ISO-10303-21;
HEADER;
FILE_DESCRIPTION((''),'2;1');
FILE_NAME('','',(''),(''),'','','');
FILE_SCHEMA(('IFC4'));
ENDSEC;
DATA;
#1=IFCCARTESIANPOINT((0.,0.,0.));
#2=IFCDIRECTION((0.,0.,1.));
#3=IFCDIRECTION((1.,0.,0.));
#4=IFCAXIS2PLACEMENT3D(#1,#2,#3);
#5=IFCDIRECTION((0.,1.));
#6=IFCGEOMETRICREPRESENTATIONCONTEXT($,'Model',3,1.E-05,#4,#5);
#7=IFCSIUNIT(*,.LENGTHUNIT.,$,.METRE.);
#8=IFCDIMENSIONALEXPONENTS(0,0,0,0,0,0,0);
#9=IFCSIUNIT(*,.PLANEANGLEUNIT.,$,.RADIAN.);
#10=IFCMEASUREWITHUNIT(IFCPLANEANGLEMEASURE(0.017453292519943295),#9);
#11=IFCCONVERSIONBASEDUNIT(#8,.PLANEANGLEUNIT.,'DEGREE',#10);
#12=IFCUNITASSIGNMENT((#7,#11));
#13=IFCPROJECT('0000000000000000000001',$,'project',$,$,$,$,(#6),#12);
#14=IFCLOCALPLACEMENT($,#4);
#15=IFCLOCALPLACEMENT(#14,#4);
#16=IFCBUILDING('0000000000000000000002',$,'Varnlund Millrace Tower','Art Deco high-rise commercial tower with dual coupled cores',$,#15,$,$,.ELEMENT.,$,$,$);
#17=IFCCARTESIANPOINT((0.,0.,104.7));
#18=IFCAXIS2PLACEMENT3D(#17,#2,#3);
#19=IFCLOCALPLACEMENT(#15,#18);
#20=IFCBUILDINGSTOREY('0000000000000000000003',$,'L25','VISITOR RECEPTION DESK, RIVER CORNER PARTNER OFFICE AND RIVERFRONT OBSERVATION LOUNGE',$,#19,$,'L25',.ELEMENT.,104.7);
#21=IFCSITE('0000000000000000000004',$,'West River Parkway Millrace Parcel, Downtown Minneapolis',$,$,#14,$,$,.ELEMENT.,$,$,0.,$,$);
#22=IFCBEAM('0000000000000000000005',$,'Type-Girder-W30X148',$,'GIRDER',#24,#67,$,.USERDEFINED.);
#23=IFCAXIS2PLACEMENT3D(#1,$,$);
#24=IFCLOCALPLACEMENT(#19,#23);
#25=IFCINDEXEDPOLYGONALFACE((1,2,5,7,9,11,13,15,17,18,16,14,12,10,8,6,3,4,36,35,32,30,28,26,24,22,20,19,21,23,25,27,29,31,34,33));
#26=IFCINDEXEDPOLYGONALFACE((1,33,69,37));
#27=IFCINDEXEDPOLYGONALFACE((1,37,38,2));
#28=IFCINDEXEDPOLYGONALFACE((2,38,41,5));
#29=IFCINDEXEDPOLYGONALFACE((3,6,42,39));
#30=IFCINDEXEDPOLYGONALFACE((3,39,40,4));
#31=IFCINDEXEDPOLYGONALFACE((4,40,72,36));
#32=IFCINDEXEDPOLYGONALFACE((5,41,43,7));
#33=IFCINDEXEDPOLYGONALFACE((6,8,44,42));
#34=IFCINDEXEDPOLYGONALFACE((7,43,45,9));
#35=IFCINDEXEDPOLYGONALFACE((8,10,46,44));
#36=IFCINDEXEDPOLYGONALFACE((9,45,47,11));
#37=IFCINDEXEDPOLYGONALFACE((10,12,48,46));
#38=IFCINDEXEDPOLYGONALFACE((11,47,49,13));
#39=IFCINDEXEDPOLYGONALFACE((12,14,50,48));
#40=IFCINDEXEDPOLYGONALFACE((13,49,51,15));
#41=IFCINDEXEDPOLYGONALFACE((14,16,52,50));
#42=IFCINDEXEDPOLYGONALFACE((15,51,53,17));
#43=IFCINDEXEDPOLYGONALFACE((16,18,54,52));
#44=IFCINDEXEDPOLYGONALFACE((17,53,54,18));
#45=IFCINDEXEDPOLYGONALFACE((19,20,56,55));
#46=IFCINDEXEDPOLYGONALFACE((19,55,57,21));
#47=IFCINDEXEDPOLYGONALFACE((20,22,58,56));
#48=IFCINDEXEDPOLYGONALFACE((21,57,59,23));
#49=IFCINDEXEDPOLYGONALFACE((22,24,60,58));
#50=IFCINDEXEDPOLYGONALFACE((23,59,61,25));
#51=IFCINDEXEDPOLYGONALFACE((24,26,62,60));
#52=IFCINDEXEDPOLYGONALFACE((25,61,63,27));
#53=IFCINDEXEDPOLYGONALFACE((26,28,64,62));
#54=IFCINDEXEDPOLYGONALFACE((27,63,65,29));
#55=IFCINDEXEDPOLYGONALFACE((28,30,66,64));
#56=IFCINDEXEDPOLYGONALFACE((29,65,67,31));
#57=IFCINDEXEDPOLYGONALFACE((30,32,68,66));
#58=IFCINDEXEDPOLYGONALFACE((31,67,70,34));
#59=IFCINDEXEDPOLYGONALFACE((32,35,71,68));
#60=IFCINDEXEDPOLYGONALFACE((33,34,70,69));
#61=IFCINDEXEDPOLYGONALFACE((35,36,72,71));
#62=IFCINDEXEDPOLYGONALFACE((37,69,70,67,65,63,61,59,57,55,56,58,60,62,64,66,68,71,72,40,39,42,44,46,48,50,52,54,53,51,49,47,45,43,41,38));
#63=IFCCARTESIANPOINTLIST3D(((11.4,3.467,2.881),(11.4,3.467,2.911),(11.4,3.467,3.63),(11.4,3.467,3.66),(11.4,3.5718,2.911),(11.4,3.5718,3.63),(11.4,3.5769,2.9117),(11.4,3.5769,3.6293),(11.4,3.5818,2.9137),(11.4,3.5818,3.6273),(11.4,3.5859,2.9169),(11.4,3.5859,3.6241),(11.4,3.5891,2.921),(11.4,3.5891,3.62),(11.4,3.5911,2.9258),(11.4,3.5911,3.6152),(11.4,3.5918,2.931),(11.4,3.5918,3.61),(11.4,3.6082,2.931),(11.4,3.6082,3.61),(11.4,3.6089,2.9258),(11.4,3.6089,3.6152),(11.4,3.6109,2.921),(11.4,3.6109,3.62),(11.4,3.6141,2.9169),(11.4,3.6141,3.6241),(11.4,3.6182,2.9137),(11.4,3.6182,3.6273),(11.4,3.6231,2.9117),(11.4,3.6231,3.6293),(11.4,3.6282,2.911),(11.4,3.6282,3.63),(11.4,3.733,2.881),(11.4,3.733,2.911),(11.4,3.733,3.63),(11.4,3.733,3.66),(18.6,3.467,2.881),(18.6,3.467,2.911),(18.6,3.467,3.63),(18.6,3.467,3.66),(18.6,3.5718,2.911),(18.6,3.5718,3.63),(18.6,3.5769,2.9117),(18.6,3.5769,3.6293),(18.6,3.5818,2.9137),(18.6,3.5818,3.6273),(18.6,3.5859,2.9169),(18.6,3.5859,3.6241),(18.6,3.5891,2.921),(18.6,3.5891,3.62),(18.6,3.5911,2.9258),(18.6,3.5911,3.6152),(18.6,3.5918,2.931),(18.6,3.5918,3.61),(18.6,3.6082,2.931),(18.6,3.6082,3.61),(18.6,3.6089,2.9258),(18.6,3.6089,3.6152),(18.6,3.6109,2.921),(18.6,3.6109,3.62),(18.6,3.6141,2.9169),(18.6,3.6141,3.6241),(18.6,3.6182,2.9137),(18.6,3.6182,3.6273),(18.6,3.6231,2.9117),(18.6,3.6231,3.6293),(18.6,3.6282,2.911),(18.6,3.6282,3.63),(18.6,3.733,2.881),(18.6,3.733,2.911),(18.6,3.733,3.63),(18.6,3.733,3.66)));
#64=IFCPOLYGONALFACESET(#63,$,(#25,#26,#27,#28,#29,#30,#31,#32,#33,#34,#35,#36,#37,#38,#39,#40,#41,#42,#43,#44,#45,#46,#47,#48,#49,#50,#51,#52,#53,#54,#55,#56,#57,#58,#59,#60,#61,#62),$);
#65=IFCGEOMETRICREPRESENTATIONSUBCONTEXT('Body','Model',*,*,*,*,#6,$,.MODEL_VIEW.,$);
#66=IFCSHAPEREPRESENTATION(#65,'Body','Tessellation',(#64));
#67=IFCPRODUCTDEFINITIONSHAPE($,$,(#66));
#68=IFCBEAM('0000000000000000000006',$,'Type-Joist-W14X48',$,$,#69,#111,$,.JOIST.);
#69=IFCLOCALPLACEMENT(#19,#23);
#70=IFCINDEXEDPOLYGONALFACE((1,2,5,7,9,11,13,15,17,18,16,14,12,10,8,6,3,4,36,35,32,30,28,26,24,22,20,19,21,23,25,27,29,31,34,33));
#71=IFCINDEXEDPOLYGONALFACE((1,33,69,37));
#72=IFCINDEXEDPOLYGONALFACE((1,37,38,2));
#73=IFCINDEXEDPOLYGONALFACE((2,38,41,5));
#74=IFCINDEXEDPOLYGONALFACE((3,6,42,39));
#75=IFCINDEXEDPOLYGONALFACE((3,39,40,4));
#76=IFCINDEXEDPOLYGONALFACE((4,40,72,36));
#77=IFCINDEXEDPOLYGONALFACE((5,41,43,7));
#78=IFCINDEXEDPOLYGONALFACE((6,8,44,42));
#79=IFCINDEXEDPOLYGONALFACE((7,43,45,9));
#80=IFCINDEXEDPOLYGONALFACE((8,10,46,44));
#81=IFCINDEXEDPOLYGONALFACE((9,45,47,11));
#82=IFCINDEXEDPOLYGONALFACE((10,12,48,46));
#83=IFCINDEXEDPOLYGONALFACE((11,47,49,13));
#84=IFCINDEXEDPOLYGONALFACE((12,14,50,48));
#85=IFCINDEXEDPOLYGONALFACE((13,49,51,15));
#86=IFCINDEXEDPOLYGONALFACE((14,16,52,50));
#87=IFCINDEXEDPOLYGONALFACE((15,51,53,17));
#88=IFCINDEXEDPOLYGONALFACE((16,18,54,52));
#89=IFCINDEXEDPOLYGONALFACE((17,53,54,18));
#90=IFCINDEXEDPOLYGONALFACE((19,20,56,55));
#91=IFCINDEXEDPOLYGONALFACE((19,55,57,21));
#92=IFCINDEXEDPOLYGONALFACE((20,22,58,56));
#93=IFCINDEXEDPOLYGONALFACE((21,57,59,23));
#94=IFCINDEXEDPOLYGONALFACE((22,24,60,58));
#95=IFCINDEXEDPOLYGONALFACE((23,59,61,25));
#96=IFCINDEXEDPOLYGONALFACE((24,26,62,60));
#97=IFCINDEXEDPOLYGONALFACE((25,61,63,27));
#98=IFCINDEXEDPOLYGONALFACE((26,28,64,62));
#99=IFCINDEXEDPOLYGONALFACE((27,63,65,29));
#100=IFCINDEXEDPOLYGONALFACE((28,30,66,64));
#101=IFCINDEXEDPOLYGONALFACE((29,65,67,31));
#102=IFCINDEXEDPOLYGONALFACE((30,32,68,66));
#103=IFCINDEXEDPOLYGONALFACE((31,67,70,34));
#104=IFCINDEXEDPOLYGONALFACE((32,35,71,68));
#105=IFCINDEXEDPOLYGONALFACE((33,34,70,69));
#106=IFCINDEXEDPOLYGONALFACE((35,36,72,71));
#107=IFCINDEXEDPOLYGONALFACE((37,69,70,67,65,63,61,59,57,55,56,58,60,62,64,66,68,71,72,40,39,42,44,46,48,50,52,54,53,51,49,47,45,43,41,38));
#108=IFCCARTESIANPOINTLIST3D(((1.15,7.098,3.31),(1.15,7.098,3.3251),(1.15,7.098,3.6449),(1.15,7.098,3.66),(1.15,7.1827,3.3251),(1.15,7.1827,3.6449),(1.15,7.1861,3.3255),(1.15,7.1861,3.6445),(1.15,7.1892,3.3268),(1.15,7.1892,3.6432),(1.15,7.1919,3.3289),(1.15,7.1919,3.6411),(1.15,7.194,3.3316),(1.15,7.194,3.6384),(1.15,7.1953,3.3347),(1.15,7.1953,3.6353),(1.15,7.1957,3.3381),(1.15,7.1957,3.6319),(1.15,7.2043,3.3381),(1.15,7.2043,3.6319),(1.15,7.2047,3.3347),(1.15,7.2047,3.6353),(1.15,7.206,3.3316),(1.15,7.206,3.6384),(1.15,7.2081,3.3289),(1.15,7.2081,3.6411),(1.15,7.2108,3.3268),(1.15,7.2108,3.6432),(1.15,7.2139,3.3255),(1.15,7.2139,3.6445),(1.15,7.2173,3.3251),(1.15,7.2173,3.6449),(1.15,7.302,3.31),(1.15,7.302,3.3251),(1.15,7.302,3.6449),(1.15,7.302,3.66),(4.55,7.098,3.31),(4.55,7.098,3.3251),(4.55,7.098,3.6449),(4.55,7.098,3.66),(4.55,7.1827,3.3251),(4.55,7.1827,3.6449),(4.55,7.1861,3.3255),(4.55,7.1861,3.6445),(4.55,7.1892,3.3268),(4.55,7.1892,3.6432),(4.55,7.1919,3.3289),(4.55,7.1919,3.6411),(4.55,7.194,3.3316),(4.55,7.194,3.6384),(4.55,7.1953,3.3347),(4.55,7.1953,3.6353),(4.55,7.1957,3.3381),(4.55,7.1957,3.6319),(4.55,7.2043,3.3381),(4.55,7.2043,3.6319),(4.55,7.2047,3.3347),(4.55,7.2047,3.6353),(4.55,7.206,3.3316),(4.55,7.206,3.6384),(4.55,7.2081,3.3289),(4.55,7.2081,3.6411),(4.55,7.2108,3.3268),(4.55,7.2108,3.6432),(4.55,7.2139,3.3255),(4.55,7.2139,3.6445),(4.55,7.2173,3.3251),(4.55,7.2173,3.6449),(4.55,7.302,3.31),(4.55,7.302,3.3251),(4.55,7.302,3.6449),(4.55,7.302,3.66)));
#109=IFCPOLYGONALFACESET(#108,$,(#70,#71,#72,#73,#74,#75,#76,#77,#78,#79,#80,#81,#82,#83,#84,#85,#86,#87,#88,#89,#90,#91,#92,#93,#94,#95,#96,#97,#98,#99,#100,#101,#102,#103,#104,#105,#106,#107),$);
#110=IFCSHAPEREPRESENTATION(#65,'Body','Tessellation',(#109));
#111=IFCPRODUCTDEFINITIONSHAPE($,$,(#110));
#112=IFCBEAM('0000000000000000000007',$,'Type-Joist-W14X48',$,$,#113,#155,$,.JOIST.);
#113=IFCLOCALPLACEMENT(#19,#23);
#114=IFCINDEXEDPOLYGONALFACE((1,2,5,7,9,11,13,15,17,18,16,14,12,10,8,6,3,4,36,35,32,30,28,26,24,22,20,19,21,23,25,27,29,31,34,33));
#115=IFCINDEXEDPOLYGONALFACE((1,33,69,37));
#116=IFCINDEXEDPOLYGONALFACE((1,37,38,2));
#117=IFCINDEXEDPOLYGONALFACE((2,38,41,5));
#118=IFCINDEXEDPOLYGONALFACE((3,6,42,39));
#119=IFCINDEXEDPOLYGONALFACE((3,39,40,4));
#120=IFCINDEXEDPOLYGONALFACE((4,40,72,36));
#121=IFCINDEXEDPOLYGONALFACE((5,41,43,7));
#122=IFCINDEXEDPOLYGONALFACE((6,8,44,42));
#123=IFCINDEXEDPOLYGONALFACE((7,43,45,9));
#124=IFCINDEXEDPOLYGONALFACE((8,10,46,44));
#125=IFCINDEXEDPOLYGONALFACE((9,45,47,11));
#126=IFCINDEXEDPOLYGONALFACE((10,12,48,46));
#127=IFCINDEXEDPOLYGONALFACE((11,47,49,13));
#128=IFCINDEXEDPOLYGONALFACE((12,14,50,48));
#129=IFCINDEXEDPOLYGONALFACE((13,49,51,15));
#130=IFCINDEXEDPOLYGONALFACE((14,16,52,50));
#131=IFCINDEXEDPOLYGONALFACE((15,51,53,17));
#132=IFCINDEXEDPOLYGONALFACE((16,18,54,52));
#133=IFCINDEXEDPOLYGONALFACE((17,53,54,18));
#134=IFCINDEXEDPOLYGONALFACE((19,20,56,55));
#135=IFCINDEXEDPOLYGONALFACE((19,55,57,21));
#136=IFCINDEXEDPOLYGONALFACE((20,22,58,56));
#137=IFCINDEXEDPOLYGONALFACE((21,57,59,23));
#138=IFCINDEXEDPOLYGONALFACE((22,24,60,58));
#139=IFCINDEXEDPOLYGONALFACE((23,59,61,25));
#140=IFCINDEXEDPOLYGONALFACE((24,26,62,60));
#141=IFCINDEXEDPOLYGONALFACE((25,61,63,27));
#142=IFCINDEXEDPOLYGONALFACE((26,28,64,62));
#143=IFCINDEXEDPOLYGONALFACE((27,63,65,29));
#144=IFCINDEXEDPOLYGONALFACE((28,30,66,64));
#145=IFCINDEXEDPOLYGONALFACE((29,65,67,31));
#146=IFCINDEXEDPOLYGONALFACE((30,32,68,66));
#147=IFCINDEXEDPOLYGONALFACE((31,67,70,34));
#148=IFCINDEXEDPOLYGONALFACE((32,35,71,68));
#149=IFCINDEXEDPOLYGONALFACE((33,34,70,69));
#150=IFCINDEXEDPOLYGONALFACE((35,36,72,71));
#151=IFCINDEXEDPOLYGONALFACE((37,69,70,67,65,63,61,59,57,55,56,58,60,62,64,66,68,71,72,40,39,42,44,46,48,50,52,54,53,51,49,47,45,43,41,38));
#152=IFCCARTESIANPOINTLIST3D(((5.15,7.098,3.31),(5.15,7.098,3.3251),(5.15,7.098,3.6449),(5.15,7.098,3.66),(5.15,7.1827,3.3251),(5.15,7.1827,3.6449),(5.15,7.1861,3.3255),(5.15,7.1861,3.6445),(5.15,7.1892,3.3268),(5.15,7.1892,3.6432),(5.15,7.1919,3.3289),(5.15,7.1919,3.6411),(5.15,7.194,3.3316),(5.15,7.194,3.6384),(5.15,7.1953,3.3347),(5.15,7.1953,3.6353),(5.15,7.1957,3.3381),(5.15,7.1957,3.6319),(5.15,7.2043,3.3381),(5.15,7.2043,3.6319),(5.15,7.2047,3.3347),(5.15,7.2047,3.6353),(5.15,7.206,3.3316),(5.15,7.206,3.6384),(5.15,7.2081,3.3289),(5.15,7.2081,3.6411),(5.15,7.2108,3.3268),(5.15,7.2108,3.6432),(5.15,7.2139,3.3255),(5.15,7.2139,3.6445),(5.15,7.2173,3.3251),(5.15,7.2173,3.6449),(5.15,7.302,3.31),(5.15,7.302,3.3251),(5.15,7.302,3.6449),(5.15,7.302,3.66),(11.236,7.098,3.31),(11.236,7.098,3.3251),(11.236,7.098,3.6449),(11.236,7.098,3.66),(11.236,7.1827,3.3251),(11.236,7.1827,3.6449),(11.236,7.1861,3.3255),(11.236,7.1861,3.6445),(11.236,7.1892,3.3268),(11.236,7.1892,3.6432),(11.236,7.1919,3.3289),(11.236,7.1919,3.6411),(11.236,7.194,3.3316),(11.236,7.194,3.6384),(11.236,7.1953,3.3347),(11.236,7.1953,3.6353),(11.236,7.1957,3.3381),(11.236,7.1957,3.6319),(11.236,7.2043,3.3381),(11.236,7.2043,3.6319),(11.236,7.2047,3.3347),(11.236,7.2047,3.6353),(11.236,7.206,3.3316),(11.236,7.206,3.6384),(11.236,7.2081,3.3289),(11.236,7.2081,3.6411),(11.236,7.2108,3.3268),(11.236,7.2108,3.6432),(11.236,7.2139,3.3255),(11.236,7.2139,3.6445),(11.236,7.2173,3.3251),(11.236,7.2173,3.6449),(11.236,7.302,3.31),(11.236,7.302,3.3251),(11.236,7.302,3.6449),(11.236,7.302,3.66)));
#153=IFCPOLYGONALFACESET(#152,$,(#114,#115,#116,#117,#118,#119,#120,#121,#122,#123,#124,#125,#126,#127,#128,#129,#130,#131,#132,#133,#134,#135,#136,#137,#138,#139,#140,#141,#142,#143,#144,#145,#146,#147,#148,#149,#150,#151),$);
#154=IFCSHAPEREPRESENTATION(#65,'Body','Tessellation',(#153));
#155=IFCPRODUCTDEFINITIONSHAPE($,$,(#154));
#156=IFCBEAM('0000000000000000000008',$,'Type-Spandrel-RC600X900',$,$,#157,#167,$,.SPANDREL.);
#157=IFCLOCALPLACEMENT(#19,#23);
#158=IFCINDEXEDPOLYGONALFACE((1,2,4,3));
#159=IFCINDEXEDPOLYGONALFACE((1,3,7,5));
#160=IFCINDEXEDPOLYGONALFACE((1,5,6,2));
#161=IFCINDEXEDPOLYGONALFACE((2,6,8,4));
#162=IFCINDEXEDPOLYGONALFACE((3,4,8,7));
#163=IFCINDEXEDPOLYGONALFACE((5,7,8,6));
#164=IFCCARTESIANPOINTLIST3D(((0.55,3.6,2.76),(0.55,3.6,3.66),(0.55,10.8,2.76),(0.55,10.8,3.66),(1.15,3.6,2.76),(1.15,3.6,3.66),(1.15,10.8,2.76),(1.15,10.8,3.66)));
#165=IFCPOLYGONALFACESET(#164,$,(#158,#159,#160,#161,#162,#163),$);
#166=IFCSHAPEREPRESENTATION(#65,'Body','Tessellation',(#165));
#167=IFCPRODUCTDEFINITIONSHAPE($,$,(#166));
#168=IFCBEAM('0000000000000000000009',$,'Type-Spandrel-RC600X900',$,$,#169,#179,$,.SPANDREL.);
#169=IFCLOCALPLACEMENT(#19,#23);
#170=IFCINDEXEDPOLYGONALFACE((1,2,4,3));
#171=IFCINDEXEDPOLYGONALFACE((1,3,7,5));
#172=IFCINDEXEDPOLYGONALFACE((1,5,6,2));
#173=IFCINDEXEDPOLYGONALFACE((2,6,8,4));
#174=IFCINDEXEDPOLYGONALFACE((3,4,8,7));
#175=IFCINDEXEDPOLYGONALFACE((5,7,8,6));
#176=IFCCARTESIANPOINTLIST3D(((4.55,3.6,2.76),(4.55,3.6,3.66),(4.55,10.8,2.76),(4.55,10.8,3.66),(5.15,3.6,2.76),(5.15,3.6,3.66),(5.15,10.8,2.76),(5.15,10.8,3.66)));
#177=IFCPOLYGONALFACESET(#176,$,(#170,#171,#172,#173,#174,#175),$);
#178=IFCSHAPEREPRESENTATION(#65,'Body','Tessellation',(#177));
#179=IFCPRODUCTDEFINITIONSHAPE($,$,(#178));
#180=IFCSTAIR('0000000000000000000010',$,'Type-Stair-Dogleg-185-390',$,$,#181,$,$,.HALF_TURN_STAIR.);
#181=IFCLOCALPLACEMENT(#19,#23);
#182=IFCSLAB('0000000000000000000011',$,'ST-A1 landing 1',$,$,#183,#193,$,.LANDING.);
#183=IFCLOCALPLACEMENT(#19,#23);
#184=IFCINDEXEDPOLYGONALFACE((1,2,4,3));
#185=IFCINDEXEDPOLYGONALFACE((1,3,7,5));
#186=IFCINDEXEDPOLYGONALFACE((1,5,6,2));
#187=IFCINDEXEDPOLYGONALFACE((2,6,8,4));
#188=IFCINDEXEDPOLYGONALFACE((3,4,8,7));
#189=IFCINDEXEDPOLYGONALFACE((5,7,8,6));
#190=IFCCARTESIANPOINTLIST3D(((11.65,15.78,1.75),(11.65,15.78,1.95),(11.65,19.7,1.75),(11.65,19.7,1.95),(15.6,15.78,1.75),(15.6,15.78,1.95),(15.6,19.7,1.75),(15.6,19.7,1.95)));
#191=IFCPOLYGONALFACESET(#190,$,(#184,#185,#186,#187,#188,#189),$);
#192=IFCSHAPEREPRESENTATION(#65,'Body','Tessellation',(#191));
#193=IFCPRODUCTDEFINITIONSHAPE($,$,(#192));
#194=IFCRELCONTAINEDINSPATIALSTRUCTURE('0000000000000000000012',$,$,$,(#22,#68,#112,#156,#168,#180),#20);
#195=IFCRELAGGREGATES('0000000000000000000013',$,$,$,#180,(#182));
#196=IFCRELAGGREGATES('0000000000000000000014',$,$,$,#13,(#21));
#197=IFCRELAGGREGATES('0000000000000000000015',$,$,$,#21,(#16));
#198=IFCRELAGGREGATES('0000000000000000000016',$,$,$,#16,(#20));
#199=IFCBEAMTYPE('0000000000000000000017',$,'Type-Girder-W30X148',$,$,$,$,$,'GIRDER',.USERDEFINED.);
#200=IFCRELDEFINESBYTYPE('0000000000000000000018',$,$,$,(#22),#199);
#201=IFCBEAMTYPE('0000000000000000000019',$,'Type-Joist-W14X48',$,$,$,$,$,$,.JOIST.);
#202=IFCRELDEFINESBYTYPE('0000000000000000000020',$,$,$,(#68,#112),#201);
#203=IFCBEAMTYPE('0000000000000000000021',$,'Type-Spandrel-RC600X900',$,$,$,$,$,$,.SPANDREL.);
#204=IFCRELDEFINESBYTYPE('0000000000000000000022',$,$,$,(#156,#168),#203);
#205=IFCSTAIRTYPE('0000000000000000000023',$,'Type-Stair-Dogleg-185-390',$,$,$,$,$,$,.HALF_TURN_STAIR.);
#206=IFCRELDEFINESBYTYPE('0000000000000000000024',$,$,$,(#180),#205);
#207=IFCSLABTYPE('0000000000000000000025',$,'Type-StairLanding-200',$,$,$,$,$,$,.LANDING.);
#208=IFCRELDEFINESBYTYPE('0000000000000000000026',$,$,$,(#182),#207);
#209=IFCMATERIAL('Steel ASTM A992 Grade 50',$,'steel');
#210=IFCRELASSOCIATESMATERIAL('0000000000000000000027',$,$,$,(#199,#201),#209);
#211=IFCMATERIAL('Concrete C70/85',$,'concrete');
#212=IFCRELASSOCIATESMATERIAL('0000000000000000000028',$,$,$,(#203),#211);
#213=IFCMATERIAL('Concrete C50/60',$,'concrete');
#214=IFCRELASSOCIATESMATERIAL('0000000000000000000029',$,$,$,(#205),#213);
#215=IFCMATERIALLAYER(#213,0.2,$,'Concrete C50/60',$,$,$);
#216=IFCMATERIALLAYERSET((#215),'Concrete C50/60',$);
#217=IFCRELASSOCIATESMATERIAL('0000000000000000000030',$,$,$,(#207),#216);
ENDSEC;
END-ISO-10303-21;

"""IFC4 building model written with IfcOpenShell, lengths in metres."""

from ifc_helpers import new_model, entity, si_unit, converted_unit, direction, frame, origin_with_axes, origin_2d_with_axis, place, context, subcontext, project, spatial, polyline, rectangle, i_section, outline, extrude, material, layer, layer_set, material_profile, profile_set, type_object, element, aggregate, save


model = new_model("IFC4")

# Units and contexts
model_context = context("Model", 3, precision=1e-05, world=origin_with_axes(), true_north=direction((0.0, 1.0)))
body_context = subcontext(model_context, "Body", "Model", "MODEL_VIEW")
ifc_project = project(units=[si_unit("LENGTHUNIT", "METRE"), converted_unit("PLANEANGLEUNIT", "DEGREE", entity("IfcPlaneAngleMeasure", 0.017453292519943295), si_unit("PLANEANGLEUNIT", "RADIAN"), dimensions=[0, 0, 0, 0, 0, 0, 0])], contexts=[model_context])

# Site, building, storey
site_placement = place(None, origin_with_axes())
site = spatial("IfcSite", under=ifc_project, at=site_placement, Name="West River Parkway Millrace Parcel, Downtown Minneapolis", CompositionType="ELEMENT", RefElevation=0.0)
building_placement = place(site_placement, origin_with_axes())
building = spatial("IfcBuilding", under=site, at=building_placement, Name="Varnlund Millrace Tower", Description="Art Deco high-rise commercial tower with dual coupled cores", CompositionType="ELEMENT")
storey_placement = place(building_placement, frame((0.0, 0.0, 104.7), z_axis=(0.0, 0.0, 1.0), x_axis=(1.0, 0.0, 0.0)))
storey = spatial("IfcBuildingStorey", under=building, at=storey_placement, Name="L25", Description="VISITOR RECEPTION DESK, RIVER CORNER PARTNER OFFICE AND RIVERFRONT OBSERVATION LOUNGE", LongName="L25", CompositionType="ELEMENT", Elevation=104.7)

# Beams
ifc_material_1 = material(Name="Steel ASTM A992 Grade 50", Category="steel")
ifc_material_profile_1 = material_profile(ifc_material_1, i_section(OverallWidth=0.266, OverallDepth=0.779, WebThickness=0.0165, FlangeThickness=0.03, FilletRadius=0.02, at=origin_2d_with_axis()), Name="Steel ASTM A992 Grade 50")
ifc_profile_set_1 = profile_set([ifc_material_profile_1], Name="Steel ASTM A992 Grade 50")
beam_type_1 = type_object("IfcBeamType", Name="Type-Girder-W30X148", ElementType="GIRDER", PredefinedType="USERDEFINED", material=ifc_profile_set_1)
beam_1_placement = place(storey_placement, frame((11.4, 3.6, 3.2705), z_axis=(1.0, 0.0, 0.0), x_axis=(0.0, 1.0, 0.0)))
element("IfcBeam", 1, at=beam_1_placement, inside=storey, type_object=beam_type_1, Name="Type-Girder-W30X148", ObjectType="GIRDER", PredefinedType="USERDEFINED", context=body_context, shape_type="SweptSolid", body=[
    extrude(i_section(OverallWidth=0.266, OverallDepth=0.779, WebThickness=0.0165, FlangeThickness=0.03, FilletRadius=0.02, at=origin_2d_with_axis()), origin_with_axes(), (0.0, 0.0, 1.0), 7.2),
])
ifc_material_profile_2 = material_profile(ifc_material_1, i_section(OverallWidth=0.204, OverallDepth=0.35, WebThickness=0.0086, FlangeThickness=0.0151, FilletRadius=0.013, at=origin_2d_with_axis()), Name="Steel ASTM A992 Grade 50")
ifc_profile_set_2 = profile_set([ifc_material_profile_2], Name="Steel ASTM A992 Grade 50")
beam_type_2 = type_object("IfcBeamType", Name="Type-Joist-W14X48", PredefinedType="JOIST", material=ifc_profile_set_2)
beam_2_placement = place(storey_placement, frame((1.15, 7.2, 3.485), z_axis=(1.0, 0.0, 0.0), x_axis=(0.0, 1.0, 0.0)))
element("IfcBeam", 2, at=beam_2_placement, inside=storey, type_object=beam_type_2, Name="Type-Joist-W14X48", PredefinedType="JOIST", context=body_context, shape_type="SweptSolid", body=[
    extrude(i_section(OverallWidth=0.204, OverallDepth=0.35, WebThickness=0.0086, FlangeThickness=0.0151, FilletRadius=0.013, at=origin_2d_with_axis()), origin_with_axes(), (0.0, 0.0, 1.0), 3.4),
])
beam_3_placement = place(storey_placement, frame((5.15, 7.2, 3.485), z_axis=(1.0, 0.0, 0.0), x_axis=(0.0, 1.0, 0.0)))
element("IfcBeam", 3, at=beam_3_placement, inside=storey, type_object=beam_type_2, Name="Type-Joist-W14X48", PredefinedType="JOIST", context=body_context, shape_type="SweptSolid", body=[
    extrude(i_section(OverallWidth=0.204, OverallDepth=0.35, WebThickness=0.0086, FlangeThickness=0.0151, FilletRadius=0.013, at=origin_2d_with_axis()), origin_with_axes(), (0.0, 0.0, 1.0), 6.086),
])
ifc_material_2 = material(Name="Concrete C70/85", Category="concrete")
ifc_material_profile_3 = material_profile(ifc_material_2, rectangle(XDim=0.6, YDim=0.9, at=origin_2d_with_axis()), Name="Concrete C70/85")
ifc_profile_set_3 = profile_set([ifc_material_profile_3], Name="Concrete C70/85")
beam_type_3 = type_object("IfcBeamType", Name="Type-Spandrel-RC600X900", PredefinedType="SPANDREL", material=ifc_profile_set_3)
for number, where, z_axis, x_axis, name in (
    (4, (0.85, 3.6, 3.21), (0.0, 1.0, 0.0), (-1.0, 0.0, 0.0), "Type-Spandrel-RC600X900"),
    (5, (4.85, 3.6, 3.21), (0.0, 1.0, 0.0), (-1.0, 0.0, 0.0), "Type-Spandrel-RC600X900"),
):
    element("IfcBeam", number, at=place(storey_placement, frame(where, z_axis=z_axis, x_axis=x_axis)), inside=storey, type_object=beam_type_3, Name=name, PredefinedType="SPANDREL", context=body_context, shape_type="SweptSolid", body=[
        extrude(rectangle(XDim=0.6, YDim=0.9, at=origin_2d_with_axis()), origin_with_axes(), (0.0, 0.0, 1.0), 7.2),
    ])

# Stair, slab
ifc_material_3 = material(Name="Concrete C50/60", Category="concrete")
stair_type_1 = type_object("IfcStairType", Name="Type-Stair-Dogleg-185-390", PredefinedType="HALF_TURN_STAIR", material=ifc_material_3)
stair_1_placement = place(storey_placement, origin_with_axes())
stair_1 = element("IfcStair", 6, at=stair_1_placement, inside=storey, type_object=stair_type_1, Name="Type-Stair-Dogleg-185-390", PredefinedType="HALF_TURN_STAIR")
ifc_layer_1 = layer(ifc_material_3, 0.2, Name="Concrete C50/60")
ifc_layer_set_1 = layer_set([ifc_layer_1], Name="Concrete C50/60")
slab_type = type_object("IfcSlabType", Name="Type-StairLanding-200", PredefinedType="LANDING", material=ifc_layer_set_1)
slab_1_placement = place(storey_placement, frame((0.0, 0.0, 1.75), z_axis=(0.0, 0.0, 1.0), x_axis=(1.0, 0.0, 0.0)))
slab_1 = element("IfcSlab", 7, at=slab_1_placement, type_object=slab_type, Name="ST-A1 landing 1", PredefinedType="LANDING", context=body_context, shape_type="SweptSolid", body=[
    extrude(outline(polyline([(15.6, 15.78), (15.6, 19.7), (11.65, 19.7), (11.65, 15.78), (15.6, 15.78)])), origin_with_axes(), (0.0, 0.0, 1.0), 0.2),
])
aggregate(stair_1, [slab_1])

save(model, "model.ifc")
